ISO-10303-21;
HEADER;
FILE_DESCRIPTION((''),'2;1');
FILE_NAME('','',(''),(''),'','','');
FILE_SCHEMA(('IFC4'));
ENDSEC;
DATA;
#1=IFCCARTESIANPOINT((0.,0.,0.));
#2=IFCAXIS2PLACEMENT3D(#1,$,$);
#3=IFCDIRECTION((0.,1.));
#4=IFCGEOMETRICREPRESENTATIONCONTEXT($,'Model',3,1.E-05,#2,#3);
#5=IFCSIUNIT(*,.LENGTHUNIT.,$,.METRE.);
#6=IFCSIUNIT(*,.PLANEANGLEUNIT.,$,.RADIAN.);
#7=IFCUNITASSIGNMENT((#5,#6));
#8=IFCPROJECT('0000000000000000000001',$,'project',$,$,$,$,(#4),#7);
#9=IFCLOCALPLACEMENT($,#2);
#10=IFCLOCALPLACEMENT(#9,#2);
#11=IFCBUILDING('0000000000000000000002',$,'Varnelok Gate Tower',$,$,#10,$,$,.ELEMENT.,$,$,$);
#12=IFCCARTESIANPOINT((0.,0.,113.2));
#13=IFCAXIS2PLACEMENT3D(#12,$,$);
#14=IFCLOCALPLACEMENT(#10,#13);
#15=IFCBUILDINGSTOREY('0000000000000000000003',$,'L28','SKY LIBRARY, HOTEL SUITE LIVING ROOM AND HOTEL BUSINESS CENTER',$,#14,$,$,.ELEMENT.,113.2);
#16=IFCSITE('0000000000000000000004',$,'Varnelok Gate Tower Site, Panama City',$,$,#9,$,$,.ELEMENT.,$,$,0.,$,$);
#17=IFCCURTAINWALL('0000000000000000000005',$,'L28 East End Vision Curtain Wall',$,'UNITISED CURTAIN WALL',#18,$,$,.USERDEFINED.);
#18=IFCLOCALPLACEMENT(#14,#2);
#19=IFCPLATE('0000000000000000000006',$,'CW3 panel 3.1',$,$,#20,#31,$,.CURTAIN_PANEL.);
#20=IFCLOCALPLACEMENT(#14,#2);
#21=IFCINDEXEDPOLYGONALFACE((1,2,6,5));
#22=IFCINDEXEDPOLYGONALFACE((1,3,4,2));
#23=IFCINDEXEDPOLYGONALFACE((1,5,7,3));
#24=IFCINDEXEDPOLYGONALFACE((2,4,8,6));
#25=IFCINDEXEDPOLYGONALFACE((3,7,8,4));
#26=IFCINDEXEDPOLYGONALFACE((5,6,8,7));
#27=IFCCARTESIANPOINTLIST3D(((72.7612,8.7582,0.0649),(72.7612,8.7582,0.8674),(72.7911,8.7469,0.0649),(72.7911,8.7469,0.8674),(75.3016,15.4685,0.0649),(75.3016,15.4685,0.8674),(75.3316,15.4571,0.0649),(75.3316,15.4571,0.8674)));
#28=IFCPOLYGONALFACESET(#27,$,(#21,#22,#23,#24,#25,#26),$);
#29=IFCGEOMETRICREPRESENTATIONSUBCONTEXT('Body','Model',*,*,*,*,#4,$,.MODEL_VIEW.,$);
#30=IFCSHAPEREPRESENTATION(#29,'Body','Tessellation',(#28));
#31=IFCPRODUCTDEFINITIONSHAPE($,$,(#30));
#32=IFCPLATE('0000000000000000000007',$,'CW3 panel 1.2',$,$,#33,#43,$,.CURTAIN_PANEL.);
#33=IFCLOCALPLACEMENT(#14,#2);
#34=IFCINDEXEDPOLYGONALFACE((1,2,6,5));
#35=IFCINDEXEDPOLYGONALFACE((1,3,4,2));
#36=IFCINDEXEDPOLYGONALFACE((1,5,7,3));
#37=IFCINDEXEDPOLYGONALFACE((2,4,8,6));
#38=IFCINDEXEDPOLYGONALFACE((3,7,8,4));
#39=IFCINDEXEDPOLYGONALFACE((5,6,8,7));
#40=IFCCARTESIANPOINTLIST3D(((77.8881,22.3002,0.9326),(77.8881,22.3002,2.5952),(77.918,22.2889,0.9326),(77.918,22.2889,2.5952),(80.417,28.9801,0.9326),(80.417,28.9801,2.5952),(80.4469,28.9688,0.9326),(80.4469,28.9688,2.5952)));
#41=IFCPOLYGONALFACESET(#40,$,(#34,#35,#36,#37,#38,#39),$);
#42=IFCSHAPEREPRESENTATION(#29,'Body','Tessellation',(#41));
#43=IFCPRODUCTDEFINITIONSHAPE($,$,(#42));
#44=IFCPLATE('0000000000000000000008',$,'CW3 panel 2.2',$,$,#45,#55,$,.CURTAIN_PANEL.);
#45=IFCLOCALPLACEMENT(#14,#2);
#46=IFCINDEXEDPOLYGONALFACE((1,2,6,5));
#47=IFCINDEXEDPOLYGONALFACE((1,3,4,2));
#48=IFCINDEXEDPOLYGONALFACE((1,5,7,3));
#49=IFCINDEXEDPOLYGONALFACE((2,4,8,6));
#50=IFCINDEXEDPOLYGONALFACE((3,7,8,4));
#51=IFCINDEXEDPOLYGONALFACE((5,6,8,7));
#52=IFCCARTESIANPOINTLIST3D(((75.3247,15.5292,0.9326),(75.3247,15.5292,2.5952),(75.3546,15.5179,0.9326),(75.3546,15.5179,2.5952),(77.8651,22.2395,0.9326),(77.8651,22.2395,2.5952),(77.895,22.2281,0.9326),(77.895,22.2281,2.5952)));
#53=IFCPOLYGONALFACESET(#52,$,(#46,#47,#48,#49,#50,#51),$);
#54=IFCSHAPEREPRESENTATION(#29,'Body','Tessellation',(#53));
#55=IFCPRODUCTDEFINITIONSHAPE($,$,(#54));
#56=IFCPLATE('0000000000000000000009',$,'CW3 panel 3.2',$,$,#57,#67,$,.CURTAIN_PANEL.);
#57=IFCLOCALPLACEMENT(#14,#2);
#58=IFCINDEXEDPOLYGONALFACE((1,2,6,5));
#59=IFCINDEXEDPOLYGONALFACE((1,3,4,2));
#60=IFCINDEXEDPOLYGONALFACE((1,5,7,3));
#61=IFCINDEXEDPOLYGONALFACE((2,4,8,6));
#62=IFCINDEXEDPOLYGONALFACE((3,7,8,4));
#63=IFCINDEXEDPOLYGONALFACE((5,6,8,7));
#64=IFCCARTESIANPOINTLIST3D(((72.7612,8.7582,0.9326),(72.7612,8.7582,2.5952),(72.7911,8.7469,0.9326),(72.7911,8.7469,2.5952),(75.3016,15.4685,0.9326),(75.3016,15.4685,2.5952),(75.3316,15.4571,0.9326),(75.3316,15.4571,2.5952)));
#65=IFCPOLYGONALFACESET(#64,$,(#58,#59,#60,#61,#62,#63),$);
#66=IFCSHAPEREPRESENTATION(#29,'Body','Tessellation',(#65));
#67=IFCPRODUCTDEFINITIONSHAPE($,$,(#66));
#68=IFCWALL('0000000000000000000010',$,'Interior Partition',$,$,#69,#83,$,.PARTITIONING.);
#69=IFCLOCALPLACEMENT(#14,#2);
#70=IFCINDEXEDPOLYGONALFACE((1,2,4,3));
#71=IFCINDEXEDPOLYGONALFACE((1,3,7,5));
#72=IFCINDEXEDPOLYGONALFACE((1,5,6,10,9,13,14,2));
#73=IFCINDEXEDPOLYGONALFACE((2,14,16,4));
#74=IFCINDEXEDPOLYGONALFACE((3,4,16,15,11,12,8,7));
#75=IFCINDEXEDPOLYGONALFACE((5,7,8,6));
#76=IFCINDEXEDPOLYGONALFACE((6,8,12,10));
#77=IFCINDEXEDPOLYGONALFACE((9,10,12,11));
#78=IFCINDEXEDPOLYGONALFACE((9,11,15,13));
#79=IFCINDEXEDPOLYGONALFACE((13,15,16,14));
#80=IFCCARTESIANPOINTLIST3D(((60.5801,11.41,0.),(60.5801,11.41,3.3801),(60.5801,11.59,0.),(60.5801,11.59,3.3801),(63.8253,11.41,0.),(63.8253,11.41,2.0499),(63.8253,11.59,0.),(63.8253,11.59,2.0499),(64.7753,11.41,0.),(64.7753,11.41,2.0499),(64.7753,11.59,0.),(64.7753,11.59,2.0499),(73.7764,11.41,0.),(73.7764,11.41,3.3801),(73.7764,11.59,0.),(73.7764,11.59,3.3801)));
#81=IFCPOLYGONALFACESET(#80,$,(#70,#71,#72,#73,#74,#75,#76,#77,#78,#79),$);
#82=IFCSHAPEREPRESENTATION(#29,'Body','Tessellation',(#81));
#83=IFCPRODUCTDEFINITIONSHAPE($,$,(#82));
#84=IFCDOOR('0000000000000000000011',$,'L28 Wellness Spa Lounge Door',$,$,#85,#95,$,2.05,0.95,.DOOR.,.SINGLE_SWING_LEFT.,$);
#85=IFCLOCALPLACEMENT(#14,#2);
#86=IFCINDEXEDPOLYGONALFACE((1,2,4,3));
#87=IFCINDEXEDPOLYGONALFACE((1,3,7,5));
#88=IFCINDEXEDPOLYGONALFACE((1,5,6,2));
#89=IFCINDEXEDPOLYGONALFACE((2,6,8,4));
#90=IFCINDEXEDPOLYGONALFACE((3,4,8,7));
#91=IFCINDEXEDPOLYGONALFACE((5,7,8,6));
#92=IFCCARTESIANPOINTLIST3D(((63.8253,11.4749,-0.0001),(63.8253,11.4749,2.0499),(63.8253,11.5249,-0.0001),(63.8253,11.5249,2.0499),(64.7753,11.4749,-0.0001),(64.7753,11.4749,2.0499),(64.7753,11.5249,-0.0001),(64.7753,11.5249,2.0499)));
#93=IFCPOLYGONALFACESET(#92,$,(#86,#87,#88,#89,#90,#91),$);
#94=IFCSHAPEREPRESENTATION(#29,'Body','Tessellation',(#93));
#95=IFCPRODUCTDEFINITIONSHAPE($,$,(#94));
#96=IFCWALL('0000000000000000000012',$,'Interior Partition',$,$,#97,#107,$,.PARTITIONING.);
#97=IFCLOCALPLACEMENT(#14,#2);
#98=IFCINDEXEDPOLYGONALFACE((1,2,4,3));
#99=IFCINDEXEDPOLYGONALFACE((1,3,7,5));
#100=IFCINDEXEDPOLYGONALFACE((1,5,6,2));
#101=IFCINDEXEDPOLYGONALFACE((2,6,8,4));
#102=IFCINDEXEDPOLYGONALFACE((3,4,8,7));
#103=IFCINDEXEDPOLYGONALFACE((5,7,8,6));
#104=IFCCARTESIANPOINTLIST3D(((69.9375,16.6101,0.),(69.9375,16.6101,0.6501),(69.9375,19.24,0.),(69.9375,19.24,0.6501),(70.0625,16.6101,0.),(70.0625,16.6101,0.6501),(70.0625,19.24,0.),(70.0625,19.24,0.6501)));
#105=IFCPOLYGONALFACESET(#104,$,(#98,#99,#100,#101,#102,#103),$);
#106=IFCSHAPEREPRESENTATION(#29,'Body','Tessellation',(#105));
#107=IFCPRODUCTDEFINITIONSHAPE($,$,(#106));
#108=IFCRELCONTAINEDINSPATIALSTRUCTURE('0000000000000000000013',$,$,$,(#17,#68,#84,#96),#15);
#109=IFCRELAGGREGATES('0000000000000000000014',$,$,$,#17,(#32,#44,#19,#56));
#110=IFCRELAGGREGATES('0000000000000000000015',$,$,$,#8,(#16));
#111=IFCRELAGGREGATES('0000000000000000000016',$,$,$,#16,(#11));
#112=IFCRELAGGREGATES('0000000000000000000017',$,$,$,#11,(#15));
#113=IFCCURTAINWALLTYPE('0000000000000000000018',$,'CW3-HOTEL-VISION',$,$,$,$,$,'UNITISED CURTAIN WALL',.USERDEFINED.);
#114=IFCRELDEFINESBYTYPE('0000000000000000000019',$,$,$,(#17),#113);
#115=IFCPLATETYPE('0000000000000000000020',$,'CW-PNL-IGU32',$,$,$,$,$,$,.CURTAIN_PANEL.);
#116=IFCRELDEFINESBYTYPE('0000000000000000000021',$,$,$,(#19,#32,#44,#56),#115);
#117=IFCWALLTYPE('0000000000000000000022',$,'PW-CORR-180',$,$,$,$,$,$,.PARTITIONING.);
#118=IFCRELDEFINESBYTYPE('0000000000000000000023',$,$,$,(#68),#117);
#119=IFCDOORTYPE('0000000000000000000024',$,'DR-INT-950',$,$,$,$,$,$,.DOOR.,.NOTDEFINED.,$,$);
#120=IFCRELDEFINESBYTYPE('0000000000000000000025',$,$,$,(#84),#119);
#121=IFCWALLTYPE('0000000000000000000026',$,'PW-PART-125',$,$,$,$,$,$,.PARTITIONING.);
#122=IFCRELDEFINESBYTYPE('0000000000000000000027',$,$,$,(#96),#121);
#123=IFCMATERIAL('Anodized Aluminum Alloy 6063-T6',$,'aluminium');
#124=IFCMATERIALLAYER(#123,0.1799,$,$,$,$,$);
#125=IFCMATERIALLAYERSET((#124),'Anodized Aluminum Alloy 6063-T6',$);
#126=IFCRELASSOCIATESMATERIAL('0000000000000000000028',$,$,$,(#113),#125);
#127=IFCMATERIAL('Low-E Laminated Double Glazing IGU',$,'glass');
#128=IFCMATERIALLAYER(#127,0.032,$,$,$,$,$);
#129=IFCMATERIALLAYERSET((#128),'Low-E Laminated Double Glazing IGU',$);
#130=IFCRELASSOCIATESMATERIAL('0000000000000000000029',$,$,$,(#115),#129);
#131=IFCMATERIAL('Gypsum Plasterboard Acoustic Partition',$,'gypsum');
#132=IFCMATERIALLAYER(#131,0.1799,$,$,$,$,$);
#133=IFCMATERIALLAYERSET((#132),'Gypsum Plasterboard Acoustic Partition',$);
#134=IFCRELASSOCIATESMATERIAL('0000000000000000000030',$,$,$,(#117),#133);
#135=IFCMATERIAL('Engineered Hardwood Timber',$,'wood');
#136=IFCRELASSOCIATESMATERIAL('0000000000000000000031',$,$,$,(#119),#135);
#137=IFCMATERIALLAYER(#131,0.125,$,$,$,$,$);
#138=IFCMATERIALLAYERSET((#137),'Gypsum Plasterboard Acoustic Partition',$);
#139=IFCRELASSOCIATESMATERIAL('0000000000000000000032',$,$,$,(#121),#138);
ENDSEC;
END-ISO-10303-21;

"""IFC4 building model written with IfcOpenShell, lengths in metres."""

from ifc_helpers import new_model, si_unit, direction, frame, frame_2d, origin, origin_2d, place, context, subcontext, project, spatial, rectangle, extrude, source, transform, mapped, material, layer, layer_set, type_object, element, fill, aggregate, save


model = new_model("IFC4")

# Units and contexts
model_context = context("Model", 3, precision=1e-05, world=origin(), true_north=direction((0.0, 1.0)))
body_context = subcontext(model_context, "Body", "Model", "MODEL_VIEW")
ifc_project = project(units=[si_unit("LENGTHUNIT", "METRE"), si_unit("PLANEANGLEUNIT", "RADIAN")], contexts=[model_context])

# Site, building, storey
site_placement = place(None, origin())
site = spatial("IfcSite", under=ifc_project, at=site_placement, Name="Varnelok Gate Tower Site, Panama City", CompositionType="ELEMENT", RefElevation=0.0)
building_placement = place(site_placement, origin())
building = spatial("IfcBuilding", under=site, at=building_placement, Name="Varnelok Gate Tower", CompositionType="ELEMENT")
storey_placement = place(building_placement, frame((0.0, 0.0, 113.2)))
storey = spatial("IfcBuildingStorey", under=building, at=storey_placement, Name="L28", Description="SKY LIBRARY, HOTEL SUITE LIVING ROOM AND HOTEL BUSINESS CENTER", CompositionType="ELEMENT", Elevation=113.2)

# Curtain wall, plates
ifc_material_1 = material(Name="Anodized Aluminum Alloy 6063-T6", Category="aluminium")
ifc_layer_1 = layer(ifc_material_1, 0.1799)
ifc_layer_set_1 = layer_set([ifc_layer_1], Name="Anodized Aluminum Alloy 6063-T6")
curtain_wall_type = type_object("IfcCurtainWallType", Name="CW3-HOTEL-VISION", ElementType="UNITISED CURTAIN WALL", PredefinedType="USERDEFINED", material=ifc_layer_set_1)
curtain_wall_placement = place(storey_placement, origin())
curtain_wall = element("IfcCurtainWall", 1, at=curtain_wall_placement, inside=storey, type_object=curtain_wall_type, Name="L28 East End Vision Curtain Wall", ObjectType="UNITISED CURTAIN WALL", PredefinedType="USERDEFINED")
ifc_material_2 = material(Name="Low-E Laminated Double Glazing IGU", Category="glass")
ifc_layer_2 = layer(ifc_material_2, 0.032)
ifc_layer_set_2 = layer_set([ifc_layer_2], Name="Low-E Laminated Double Glazing IGU")
plate_type = type_object("IfcPlateType", Name="CW-PNL-IGU32", PredefinedType="CURTAIN_PANEL", material=ifc_layer_set_2)
shared_shape_1 = source(origin(), body_context, "Body", "SweptSolid", [
    extrude(rectangle(XDim=7.175, YDim=0.032, at=origin_2d()), origin(), (0.0, 0.0, 1.0), 0.8025),
])
plate_1_placement = place(storey_placement, frame((74.0464, 12.1077, 0.0649), z_axis=(0.0, 0.0, 1.0), x_axis=(-0.354064, -0.935221, 0.0)))
plate_1 = element("IfcPlate", 2, at=plate_1_placement, type_object=plate_type, Name="CW3 panel 3.1", PredefinedType="CURTAIN_PANEL", context=body_context, shape_type="MappedRepresentation", body=[
    mapped(shared_shape_1, transform((0.0, 0.0, 0.0), scale=1.0)),
])
shared_shape_2 = source(origin(), body_context, "Body", "SweptSolid", [
    extrude(rectangle(XDim=7.1426, YDim=0.032, at=origin_2d()), origin(), (0.0, 0.0, 1.0), 1.6626),
])
plate_2_placement = place(storey_placement, frame((79.1675, 25.6345, 0.9326), z_axis=(0.0, 0.0, 1.0), x_axis=(-0.354064, -0.935221, 0.0)))
plate_2 = element("IfcPlate", 3, at=plate_2_placement, type_object=plate_type, Name="CW3 panel 1.2", PredefinedType="CURTAIN_PANEL", context=body_context, shape_type="MappedRepresentation", body=[
    mapped(shared_shape_2, transform((0.0, 0.0, 0.0), scale=1.0)),
])
shared_shape_3 = source(origin(), body_context, "Body", "SweptSolid", [
    extrude(rectangle(XDim=7.175, YDim=0.032, at=origin_2d()), origin(), (0.0, 0.0, 1.0), 1.6626),
])
plate_3_placement = place(storey_placement, frame((76.6099, 18.8787, 0.9326), z_axis=(0.0, 0.0, 1.0), x_axis=(-0.354064, -0.935221, 0.0)))
plate_3 = element("IfcPlate", 4, at=plate_3_placement, type_object=plate_type, Name="CW3 panel 2.2", PredefinedType="CURTAIN_PANEL", context=body_context, shape_type="MappedRepresentation", body=[
    mapped(shared_shape_3, transform((0.0, 0.0, 0.0), scale=1.0)),
])
plate_4_placement = place(storey_placement, frame((74.0464, 12.1077, 0.9326), z_axis=(0.0, 0.0, 1.0), x_axis=(-0.354064, -0.935221, 0.0)))
plate_4 = element("IfcPlate", 5, at=plate_4_placement, type_object=plate_type, Name="CW3 panel 3.2", PredefinedType="CURTAIN_PANEL", context=body_context, shape_type="MappedRepresentation", body=[
    mapped(shared_shape_3, transform((0.0, 0.0, 0.0), scale=1.0)),
])
aggregate(curtain_wall, [plate_2, plate_3, plate_1, plate_4])

# Wall, opening, door
ifc_material_3 = material(Name="Gypsum Plasterboard Acoustic Partition", Category="gypsum")
ifc_layer_3 = layer(ifc_material_3, 0.1799)
ifc_layer_set_3 = layer_set([ifc_layer_3], Name="Gypsum Plasterboard Acoustic Partition")
wall_type_1 = type_object("IfcWallType", Name="PW-CORR-180", PredefinedType="PARTITIONING", material=ifc_layer_set_3)
wall_1_placement = place(storey_placement, frame((60.5801, 11.5, 0.0), z_axis=(0.0, 0.0, 1.0), x_axis=(1.0, 0.0, 0.0)))
wall_1 = element("IfcWall", 6, at=wall_1_placement, inside=storey, type_object=wall_type_1, Name="Interior Partition", PredefinedType="PARTITIONING", context=body_context, shape_type="SweptSolid", body=[
    extrude(rectangle(XDim=13.1963, YDim=0.1799, at=frame_2d((6.5981, 0.0))), origin(), (0.0, 0.0, 1.0), 3.3801),
])
opening_placement = place(wall_1_placement, frame((3.2451, 0.0, 0.0)))
opening = element("IfcOpeningElement", 7, at=opening_placement, cuts=wall_1, PredefinedType="OPENING", context=body_context, shape_type="SweptSolid", body=[
    extrude(rectangle(XDim=0.95, YDim=2.05, at=frame_2d((0.4751, 1.0249))), frame((0.0, 0.0999, 0.0), z_axis=(0.0, -1.0, 0.0), x_axis=(1.0, 0.0, 0.0)), (0.0, 0.0, 1.0), 0.2),
])
ifc_material_4 = material(Name="Engineered Hardwood Timber", Category="wood")
door_type = type_object("IfcDoorType", Name="DR-INT-950", OperationType="NOTDEFINED", PredefinedType="DOOR", material=ifc_material_4)
door_placement = place(opening_placement, origin())
door = element("IfcDoor", 8, at=door_placement, inside=storey, type_object=door_type, Name="L28 Wellness Spa Lounge Door", OperationType="SINGLE_SWING_LEFT", OverallHeight=2.05, OverallWidth=0.95, PredefinedType="DOOR", context=body_context, shape_type="SweptSolid", body=[
    extrude(rectangle(XDim=0.95, YDim=2.05, at=frame_2d((0.4751, 1.0249))), frame((0.0, 0.0249, 0.0), z_axis=(0.0, -1.0, 0.0), x_axis=(1.0, 0.0, 0.0)), (0.0, 0.0, 1.0), 0.05),
])
fill(opening, door)

# Wall
ifc_layer_4 = layer(ifc_material_3, 0.125)
ifc_layer_set_4 = layer_set([ifc_layer_4], Name="Gypsum Plasterboard Acoustic Partition")
wall_type_2 = type_object("IfcWallType", Name="PW-PART-125", PredefinedType="PARTITIONING", material=ifc_layer_set_4)
wall_2_placement = place(storey_placement, frame((70.0, 16.6101, 0.0), z_axis=(0.0, 0.0, 1.0), x_axis=(0.0, 1.0, 0.0)))
element("IfcWall", 9, at=wall_2_placement, inside=storey, type_object=wall_type_2, Name="Interior Partition", PredefinedType="PARTITIONING", context=body_context, shape_type="SweptSolid", body=[
    extrude(rectangle(XDim=2.6299, YDim=0.125, at=frame_2d((1.3149, 0.0))), origin(), (0.0, 0.0, 1.0), 0.6501),
])

save(model, "model.ifc")
